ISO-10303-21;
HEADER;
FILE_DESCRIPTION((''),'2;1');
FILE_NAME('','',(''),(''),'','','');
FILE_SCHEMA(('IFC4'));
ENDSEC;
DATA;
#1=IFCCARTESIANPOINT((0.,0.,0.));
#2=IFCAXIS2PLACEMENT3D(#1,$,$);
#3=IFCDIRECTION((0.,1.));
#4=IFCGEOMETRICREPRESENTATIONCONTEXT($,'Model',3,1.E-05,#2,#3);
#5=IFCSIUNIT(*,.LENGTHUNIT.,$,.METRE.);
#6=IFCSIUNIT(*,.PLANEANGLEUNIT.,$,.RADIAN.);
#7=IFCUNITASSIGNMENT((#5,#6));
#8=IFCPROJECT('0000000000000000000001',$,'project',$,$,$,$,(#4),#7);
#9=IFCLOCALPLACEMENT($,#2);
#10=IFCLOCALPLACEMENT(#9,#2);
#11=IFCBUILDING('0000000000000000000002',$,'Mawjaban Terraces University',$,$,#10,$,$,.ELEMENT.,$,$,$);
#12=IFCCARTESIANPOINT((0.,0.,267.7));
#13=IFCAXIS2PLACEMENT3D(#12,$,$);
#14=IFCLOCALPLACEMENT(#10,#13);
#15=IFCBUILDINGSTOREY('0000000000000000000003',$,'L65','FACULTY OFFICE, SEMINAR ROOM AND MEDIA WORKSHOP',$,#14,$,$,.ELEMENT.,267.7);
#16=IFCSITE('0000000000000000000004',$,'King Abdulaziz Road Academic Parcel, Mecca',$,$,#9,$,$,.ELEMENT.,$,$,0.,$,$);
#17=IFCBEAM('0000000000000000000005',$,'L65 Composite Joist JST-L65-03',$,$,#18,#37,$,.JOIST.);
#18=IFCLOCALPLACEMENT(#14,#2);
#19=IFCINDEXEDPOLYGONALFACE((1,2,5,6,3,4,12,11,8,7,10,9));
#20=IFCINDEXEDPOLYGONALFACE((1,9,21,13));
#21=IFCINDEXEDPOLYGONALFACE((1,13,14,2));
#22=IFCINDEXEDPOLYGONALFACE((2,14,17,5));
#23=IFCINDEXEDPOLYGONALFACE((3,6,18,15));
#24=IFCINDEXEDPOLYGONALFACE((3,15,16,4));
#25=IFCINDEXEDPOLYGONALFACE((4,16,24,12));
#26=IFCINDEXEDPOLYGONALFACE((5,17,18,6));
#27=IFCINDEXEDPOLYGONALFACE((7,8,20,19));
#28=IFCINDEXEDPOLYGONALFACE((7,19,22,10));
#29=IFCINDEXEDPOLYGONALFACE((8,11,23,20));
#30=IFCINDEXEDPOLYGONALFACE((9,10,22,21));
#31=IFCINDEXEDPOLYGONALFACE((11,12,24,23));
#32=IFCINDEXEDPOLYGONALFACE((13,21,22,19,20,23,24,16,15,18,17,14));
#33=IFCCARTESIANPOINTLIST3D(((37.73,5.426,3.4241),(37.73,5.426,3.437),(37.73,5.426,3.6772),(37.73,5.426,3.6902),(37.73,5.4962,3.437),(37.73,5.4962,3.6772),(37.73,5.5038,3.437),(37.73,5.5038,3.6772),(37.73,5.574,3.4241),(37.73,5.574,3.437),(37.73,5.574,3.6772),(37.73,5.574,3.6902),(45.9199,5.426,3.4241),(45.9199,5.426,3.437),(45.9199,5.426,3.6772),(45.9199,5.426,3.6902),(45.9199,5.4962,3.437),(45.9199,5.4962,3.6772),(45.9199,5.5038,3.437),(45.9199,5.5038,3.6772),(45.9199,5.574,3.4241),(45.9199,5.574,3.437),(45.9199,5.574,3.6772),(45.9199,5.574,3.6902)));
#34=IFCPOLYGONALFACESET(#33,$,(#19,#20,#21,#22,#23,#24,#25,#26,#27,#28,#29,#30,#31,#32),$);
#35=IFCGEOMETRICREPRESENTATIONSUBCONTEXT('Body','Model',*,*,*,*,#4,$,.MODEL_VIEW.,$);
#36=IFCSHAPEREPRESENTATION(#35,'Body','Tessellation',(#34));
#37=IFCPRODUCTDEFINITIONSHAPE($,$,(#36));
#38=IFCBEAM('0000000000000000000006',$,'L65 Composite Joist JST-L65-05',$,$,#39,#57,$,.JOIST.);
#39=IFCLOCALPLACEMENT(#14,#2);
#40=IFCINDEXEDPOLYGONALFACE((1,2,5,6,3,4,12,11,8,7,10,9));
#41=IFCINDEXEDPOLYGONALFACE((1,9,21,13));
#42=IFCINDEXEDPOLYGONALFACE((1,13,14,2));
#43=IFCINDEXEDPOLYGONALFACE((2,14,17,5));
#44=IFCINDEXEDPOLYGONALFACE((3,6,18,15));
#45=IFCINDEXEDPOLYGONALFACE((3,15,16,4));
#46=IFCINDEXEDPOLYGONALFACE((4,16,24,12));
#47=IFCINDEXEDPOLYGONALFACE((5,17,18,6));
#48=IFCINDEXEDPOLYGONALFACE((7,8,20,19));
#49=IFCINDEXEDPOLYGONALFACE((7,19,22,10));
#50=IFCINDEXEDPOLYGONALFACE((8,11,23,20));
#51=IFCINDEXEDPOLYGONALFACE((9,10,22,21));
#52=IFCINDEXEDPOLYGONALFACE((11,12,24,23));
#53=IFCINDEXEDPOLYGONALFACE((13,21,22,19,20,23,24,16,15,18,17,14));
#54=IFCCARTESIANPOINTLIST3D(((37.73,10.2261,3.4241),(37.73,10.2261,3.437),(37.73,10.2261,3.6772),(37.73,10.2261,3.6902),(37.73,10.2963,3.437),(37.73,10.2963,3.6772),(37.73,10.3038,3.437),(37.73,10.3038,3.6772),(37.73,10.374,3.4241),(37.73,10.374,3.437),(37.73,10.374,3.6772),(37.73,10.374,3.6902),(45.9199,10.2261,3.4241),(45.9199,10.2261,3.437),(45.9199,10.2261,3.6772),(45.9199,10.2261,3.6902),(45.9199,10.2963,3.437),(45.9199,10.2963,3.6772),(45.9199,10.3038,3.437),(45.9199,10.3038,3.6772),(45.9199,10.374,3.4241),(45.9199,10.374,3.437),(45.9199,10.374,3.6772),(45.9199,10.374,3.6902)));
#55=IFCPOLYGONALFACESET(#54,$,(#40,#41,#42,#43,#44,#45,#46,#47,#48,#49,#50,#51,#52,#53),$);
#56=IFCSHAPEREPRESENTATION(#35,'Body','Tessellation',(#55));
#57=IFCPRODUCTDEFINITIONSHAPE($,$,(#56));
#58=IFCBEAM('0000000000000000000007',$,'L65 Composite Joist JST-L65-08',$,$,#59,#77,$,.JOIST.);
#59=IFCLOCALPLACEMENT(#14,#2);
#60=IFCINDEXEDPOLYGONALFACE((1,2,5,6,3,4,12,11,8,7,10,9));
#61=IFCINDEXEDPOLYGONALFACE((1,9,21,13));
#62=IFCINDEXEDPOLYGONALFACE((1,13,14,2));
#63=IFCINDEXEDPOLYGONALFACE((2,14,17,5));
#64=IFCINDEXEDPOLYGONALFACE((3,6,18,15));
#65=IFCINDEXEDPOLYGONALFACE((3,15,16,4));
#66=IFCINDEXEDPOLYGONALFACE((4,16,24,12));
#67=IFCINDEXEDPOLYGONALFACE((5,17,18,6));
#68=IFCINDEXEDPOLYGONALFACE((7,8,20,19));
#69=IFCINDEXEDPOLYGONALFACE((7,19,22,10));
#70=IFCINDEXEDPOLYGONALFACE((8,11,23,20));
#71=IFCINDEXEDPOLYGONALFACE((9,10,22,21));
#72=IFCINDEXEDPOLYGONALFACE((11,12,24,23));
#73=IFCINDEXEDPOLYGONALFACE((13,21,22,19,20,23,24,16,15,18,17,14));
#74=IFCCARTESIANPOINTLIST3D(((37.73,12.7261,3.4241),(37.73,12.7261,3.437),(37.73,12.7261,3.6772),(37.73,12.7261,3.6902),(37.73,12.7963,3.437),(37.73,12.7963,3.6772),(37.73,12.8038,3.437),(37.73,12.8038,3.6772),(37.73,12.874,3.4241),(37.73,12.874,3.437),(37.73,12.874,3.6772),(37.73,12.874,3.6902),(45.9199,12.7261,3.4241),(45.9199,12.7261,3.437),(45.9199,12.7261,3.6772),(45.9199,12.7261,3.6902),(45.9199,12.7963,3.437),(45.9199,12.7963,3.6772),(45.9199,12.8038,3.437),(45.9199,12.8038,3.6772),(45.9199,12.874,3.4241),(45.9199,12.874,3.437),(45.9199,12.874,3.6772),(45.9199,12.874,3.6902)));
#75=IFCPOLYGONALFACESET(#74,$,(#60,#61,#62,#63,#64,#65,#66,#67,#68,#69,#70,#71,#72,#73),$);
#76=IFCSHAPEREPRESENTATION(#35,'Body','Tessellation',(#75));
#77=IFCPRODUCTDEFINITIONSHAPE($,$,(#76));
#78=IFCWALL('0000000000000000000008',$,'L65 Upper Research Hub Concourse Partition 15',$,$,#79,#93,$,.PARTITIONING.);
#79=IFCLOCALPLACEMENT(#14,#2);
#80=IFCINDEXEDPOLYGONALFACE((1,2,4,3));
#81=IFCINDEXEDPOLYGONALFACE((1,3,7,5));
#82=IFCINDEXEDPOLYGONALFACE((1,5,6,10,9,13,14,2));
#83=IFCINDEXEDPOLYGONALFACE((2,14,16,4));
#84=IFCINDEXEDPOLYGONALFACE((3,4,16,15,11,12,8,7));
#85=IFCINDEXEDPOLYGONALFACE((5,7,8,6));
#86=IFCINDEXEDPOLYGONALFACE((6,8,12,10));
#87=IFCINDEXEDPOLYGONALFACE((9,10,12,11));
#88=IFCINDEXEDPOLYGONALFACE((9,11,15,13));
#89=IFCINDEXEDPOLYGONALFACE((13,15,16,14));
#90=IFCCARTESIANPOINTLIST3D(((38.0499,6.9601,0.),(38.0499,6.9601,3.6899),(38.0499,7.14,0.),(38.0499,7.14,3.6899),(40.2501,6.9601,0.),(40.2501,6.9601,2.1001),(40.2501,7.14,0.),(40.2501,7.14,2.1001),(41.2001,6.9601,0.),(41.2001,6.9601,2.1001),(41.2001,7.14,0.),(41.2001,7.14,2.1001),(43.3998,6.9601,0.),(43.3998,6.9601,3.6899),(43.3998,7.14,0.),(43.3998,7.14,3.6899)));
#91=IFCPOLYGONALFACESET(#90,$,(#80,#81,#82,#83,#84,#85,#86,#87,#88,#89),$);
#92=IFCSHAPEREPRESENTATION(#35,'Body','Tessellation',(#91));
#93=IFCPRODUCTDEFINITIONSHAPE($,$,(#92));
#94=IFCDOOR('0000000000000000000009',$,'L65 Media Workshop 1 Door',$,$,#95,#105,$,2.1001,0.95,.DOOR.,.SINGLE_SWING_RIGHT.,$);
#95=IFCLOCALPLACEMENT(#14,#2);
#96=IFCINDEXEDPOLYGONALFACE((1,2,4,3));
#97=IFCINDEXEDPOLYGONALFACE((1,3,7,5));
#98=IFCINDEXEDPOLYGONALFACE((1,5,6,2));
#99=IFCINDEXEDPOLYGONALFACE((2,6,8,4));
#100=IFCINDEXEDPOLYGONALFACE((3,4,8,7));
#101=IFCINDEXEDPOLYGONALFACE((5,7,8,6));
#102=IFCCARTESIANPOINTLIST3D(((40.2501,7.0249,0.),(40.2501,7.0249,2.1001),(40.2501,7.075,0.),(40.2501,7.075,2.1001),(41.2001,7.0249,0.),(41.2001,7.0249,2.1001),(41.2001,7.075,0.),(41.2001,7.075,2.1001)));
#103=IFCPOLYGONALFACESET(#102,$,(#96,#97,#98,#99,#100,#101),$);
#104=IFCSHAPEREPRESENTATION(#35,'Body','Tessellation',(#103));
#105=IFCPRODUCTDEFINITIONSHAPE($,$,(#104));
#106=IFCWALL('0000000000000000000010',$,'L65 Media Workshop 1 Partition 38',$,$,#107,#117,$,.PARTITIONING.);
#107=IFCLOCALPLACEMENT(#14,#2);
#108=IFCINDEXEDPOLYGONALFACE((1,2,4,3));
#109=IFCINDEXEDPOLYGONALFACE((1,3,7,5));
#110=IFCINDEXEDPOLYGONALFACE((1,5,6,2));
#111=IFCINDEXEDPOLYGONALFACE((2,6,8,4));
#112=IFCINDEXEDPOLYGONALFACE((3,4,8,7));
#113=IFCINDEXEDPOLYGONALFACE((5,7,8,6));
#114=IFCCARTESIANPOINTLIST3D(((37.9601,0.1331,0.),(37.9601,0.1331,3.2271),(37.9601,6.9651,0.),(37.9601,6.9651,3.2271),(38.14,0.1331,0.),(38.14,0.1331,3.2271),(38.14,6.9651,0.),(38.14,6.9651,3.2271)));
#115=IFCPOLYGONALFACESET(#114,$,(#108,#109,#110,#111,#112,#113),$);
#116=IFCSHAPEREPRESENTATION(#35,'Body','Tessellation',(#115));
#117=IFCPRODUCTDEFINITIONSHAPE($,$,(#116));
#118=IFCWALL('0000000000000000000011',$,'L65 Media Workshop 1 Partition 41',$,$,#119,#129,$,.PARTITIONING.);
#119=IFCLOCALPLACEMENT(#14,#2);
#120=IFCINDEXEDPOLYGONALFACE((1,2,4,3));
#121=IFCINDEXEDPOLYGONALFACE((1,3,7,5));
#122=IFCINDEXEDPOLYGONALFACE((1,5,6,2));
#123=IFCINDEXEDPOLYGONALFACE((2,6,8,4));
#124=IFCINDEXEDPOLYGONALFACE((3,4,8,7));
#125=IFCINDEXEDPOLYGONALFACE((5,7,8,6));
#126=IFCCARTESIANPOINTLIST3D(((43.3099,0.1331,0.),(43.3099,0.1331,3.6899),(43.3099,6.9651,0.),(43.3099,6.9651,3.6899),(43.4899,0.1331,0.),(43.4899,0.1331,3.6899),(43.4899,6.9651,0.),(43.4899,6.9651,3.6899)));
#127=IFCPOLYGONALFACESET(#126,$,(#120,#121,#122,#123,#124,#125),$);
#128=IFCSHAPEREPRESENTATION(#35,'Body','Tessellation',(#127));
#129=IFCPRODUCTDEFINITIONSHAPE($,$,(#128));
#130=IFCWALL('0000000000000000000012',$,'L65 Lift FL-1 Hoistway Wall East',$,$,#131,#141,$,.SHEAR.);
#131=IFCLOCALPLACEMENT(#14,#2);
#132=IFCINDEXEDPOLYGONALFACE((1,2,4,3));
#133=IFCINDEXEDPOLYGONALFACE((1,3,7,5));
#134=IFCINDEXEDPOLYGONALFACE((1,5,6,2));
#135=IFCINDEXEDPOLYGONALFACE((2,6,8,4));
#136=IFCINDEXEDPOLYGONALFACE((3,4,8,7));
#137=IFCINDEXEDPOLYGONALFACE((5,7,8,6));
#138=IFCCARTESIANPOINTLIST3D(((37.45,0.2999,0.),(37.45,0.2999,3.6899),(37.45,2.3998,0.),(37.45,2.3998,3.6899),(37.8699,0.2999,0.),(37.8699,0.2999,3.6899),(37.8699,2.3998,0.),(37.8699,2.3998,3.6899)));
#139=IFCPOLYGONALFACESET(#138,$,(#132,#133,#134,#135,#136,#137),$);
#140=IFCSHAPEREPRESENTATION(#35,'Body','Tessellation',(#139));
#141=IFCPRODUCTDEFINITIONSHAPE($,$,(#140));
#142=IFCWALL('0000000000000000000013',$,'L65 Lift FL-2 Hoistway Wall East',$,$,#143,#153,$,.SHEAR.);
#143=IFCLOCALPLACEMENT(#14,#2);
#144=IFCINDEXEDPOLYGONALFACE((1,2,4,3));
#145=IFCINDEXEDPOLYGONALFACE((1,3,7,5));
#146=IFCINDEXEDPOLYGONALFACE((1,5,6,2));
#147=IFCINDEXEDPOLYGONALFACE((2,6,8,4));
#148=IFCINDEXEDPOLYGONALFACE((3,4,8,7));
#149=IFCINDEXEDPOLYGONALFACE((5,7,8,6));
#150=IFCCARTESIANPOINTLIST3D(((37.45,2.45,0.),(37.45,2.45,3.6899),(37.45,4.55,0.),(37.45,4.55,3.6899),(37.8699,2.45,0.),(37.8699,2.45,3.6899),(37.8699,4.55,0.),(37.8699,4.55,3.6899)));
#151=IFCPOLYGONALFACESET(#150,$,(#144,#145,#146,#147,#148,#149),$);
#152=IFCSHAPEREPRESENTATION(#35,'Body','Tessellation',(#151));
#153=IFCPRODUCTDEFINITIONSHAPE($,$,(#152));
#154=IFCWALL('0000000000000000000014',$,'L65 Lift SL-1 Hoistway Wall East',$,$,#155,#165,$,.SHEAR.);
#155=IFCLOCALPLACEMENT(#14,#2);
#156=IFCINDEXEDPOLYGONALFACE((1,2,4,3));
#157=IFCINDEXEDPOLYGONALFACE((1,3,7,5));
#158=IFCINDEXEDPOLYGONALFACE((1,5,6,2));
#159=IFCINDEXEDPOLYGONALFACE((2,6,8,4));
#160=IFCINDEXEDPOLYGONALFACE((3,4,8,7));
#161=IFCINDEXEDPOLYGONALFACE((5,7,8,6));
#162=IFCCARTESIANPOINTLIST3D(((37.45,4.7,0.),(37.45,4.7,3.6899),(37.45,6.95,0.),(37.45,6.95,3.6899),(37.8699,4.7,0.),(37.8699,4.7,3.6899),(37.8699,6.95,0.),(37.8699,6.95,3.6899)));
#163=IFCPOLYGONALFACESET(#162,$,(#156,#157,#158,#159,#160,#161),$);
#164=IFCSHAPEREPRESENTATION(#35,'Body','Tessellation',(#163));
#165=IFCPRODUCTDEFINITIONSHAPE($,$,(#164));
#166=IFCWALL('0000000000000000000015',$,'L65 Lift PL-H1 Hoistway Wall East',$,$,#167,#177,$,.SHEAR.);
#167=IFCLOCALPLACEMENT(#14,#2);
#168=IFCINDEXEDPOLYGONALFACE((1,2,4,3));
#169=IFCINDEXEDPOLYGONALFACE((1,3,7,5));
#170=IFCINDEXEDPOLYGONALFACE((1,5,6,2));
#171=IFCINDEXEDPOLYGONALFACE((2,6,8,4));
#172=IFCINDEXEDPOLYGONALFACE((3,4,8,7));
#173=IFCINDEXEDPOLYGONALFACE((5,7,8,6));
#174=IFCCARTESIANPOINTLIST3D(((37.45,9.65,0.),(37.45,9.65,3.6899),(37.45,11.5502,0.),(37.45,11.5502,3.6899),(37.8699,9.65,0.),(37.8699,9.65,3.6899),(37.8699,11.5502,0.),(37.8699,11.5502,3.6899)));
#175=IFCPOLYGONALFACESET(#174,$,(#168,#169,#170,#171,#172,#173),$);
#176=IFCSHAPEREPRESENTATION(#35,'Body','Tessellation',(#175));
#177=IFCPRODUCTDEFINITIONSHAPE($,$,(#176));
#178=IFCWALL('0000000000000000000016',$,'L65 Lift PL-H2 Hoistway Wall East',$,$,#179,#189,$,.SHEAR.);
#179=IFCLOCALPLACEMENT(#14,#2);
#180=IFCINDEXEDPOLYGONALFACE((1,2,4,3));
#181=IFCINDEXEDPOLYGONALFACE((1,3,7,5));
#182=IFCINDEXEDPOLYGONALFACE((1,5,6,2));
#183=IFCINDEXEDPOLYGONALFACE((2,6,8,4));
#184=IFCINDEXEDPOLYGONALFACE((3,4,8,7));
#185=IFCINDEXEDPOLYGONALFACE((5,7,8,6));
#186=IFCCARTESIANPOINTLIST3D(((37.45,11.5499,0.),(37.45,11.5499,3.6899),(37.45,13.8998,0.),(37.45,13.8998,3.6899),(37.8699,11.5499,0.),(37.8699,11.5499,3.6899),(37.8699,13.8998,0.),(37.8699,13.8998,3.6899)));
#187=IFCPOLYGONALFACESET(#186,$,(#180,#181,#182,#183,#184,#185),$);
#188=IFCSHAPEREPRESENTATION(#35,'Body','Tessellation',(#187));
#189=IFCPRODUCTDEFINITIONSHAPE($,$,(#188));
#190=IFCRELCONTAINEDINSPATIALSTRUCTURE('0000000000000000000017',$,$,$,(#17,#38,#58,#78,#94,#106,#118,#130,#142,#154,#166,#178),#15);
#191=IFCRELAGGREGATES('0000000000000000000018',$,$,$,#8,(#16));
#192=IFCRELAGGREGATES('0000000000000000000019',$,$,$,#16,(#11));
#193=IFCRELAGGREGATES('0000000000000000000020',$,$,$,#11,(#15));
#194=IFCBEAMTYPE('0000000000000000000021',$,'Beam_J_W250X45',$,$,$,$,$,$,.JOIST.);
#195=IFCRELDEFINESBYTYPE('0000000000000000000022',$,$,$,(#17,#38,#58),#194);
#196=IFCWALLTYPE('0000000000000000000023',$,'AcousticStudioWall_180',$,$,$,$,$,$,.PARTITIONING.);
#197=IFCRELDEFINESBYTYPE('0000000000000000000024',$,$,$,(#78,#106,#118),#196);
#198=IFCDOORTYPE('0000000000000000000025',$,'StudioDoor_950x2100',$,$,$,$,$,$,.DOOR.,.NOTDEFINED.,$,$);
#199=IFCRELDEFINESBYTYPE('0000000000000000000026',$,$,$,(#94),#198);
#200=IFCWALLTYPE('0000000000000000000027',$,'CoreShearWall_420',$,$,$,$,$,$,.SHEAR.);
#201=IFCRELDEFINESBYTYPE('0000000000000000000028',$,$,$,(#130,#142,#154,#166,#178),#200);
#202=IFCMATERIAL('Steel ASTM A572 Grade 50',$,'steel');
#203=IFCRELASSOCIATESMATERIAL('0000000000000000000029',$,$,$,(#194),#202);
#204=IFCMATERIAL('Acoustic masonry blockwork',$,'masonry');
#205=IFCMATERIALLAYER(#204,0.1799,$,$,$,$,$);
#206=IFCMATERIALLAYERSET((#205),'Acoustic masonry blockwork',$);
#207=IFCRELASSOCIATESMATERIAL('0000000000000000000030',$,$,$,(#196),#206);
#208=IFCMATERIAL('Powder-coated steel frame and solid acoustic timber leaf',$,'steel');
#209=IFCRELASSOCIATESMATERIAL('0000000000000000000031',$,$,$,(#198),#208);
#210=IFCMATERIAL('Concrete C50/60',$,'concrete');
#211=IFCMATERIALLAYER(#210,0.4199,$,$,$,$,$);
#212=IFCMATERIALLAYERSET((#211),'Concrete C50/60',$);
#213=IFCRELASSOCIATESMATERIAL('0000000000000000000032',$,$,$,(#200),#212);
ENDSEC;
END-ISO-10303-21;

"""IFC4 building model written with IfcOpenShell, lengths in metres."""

from ifc_helpers import new_model, si_unit, direction, frame, frame_2d, origin, origin_2d, place, context, subcontext, project, spatial, rectangle, i_section, extrude, material, layer, layer_set, material_profile, profile_set, type_object, element, fill, save


model = new_model("IFC4")

# Units and contexts
model_context = context("Model", 3, precision=1e-05, world=origin(), true_north=direction((0.0, 1.0)))
body_context = subcontext(model_context, "Body", "Model", "MODEL_VIEW")
ifc_project = project(units=[si_unit("LENGTHUNIT", "METRE"), si_unit("PLANEANGLEUNIT", "RADIAN")], contexts=[model_context])

# Site, building, storey
site_placement = place(None, origin())
site = spatial("IfcSite", under=ifc_project, at=site_placement, Name="King Abdulaziz Road Academic Parcel, Mecca", CompositionType="ELEMENT", RefElevation=0.0)
building_placement = place(site_placement, origin())
building = spatial("IfcBuilding", under=site, at=building_placement, Name="Mawjaban Terraces University", CompositionType="ELEMENT")
storey_placement = place(building_placement, frame((0.0, 0.0, 267.7)))
storey = spatial("IfcBuildingStorey", under=building, at=storey_placement, Name="L65", Description="FACULTY OFFICE, SEMINAR ROOM AND MEDIA WORKSHOP", CompositionType="ELEMENT", Elevation=267.7)

# Shared definitions
ifc_material_1 = material(Name="Concrete C50/60", Category="concrete")

# Beams
ifc_material_2 = material(Name="Steel ASTM A572 Grade 50", Category="steel")
ifc_material_profile_1 = material_profile(ifc_material_2, i_section(OverallWidth=0.1479, OverallDepth=0.2661, WebThickness=0.0076, FlangeThickness=0.0129, at=origin_2d()), Name="W250X45")
ifc_profile_set_1 = profile_set([ifc_material_profile_1], Name="Steel ASTM A572 Grade 50")
beam_type_1 = type_object("IfcBeamType", Name="Beam_J_W250X45", PredefinedType="JOIST", material=ifc_profile_set_1)
for number, where, z_axis, x_axis, name in (
    (1, (37.73, 5.5, 3.5571), (1.0, 0.0, 0.0), (0.0, 1.0, 0.0), "L65 Composite Joist JST-L65-03"),
    (2, (37.73, 10.3, 3.5571), (1.0, 0.0, 0.0), (0.0, 1.0, 0.0), "L65 Composite Joist JST-L65-05"),
    (3, (37.73, 12.8, 3.5571), (1.0, 0.0, 0.0), (0.0, 1.0, 0.0), "L65 Composite Joist JST-L65-08"),
):
    element("IfcBeam", number, at=place(storey_placement, frame(where, z_axis=z_axis, x_axis=x_axis)), inside=storey, type_object=beam_type_1, Name=name, PredefinedType="JOIST", context=body_context, shape_type="SweptSolid", body=[
        extrude(i_section(OverallWidth=0.1479, OverallDepth=0.2661, WebThickness=0.0076, FlangeThickness=0.0129, at=origin_2d()), origin(), (0.0, 0.0, 1.0), 8.1899),
    ])

# Wall, opening, door
ifc_material_3 = material(Name="Acoustic masonry blockwork", Category="masonry")
ifc_layer_1 = layer(ifc_material_3, 0.1799)
ifc_layer_set_1 = layer_set([ifc_layer_1], Name="Acoustic masonry blockwork")
wall_type_1 = type_object("IfcWallType", Name="AcousticStudioWall_180", PredefinedType="PARTITIONING", material=ifc_layer_set_1)
wall_1_placement = place(storey_placement, frame((38.05, 7.05, 0.0), z_axis=(0.0, 0.0, 1.0), x_axis=(1.0, 0.0, 0.0)))
wall_1 = element("IfcWall", 4, at=wall_1_placement, inside=storey, type_object=wall_type_1, Name="L65 Upper Research Hub Concourse Partition 15", PredefinedType="PARTITIONING", context=body_context, shape_type="SweptSolid", body=[
    extrude(rectangle(XDim=5.3499, YDim=0.1799, at=frame_2d((2.6748, 0.0))), origin(), (0.0, 0.0, 1.0), 3.6899),
])
opening_1_placement = place(wall_1_placement, frame((2.2, 0.0, 0.0)))
opening_1 = element("IfcOpeningElement", 5, at=opening_1_placement, cuts=wall_1, PredefinedType="OPENING", context=body_context, shape_type="SweptSolid", body=[
    extrude(rectangle(XDim=0.95, YDim=2.1001, at=frame_2d((0.4751, 1.05))), frame((0.0, 0.0999, 0.0), z_axis=(0.0, -1.0, 0.0), x_axis=(1.0, 0.0, 0.0)), (0.0, 0.0, 1.0), 0.2),
])
ifc_material_4 = material(Name="Powder-coated steel frame and solid acoustic timber leaf", Category="steel")
door_type_1 = type_object("IfcDoorType", Name="StudioDoor_950x2100", OperationType="NOTDEFINED", PredefinedType="DOOR", material=ifc_material_4)
door_1_placement = place(opening_1_placement, origin())
door_1 = element("IfcDoor", 6, at=door_1_placement, inside=storey, type_object=door_type_1, Name="L65 Media Workshop 1 Door", OperationType="SINGLE_SWING_RIGHT", OverallHeight=2.1001, OverallWidth=0.95, PredefinedType="DOOR", context=body_context, shape_type="SweptSolid", body=[
    extrude(rectangle(XDim=0.95, YDim=2.1001, at=frame_2d((0.4751, 1.05))), frame((0.0, 0.0249, 0.0), z_axis=(0.0, -1.0, 0.0), x_axis=(1.0, 0.0, 0.0)), (0.0, 0.0, 1.0), 0.05),
])
fill(opening_1, door_1)

# Walls
wall_2_placement = place(storey_placement, frame((38.05, 6.9651, 0.0), z_axis=(0.0, 0.0, 1.0), x_axis=(0.0, -1.0, 0.0)))
element("IfcWall", 7, at=wall_2_placement, inside=storey, type_object=wall_type_1, Name="L65 Media Workshop 1 Partition 38", PredefinedType="PARTITIONING", context=body_context, shape_type="SweptSolid", body=[
    extrude(rectangle(XDim=6.832, YDim=0.1799, at=frame_2d((3.416, 0.0))), origin(), (0.0, 0.0, 1.0), 3.2271),
])
wall_3_placement = place(storey_placement, frame((43.3999, 0.1331, 0.0), z_axis=(0.0, 0.0, 1.0), x_axis=(0.0, 1.0, 0.0)))
element("IfcWall", 8, at=wall_3_placement, inside=storey, type_object=wall_type_1, Name="L65 Media Workshop 1 Partition 41", PredefinedType="PARTITIONING", context=body_context, shape_type="SweptSolid", body=[
    extrude(rectangle(XDim=6.832, YDim=0.1799, at=frame_2d((3.416, 0.0))), origin(), (0.0, 0.0, 1.0), 3.6899),
])
ifc_layer_2 = layer(ifc_material_1, 0.4199)
ifc_layer_set_2 = layer_set([ifc_layer_2], Name="Concrete C50/60")
wall_type_2 = type_object("IfcWallType", Name="CoreShearWall_420", PredefinedType="SHEAR", material=ifc_layer_set_2)
wall_4_placement = place(storey_placement, frame((37.6599, 0.3, 0.0), z_axis=(0.0, 0.0, 1.0), x_axis=(0.0, 1.0, 0.0)))
element("IfcWall", 9, at=wall_4_placement, inside=storey, type_object=wall_type_2, Name="L65 Lift FL-1 Hoistway Wall East", PredefinedType="SHEAR", context=body_context, shape_type="SweptSolid", body=[
    extrude(rectangle(XDim=2.0999, YDim=0.4199, at=frame_2d((1.0498, 0.0))), origin(), (0.0, 0.0, 1.0), 3.6899),
])
wall_5_placement = place(storey_placement, frame((37.6599, 2.45, 0.0), z_axis=(0.0, 0.0, 1.0), x_axis=(0.0, 1.0, 0.0)))
element("IfcWall", 10, at=wall_5_placement, inside=storey, type_object=wall_type_2, Name="L65 Lift FL-2 Hoistway Wall East", PredefinedType="SHEAR", context=body_context, shape_type="SweptSolid", body=[
    extrude(rectangle(XDim=2.1001, YDim=0.4199, at=frame_2d((1.05, 0.0))), origin(), (0.0, 0.0, 1.0), 3.6899),
])
wall_6_placement = place(storey_placement, frame((37.6599, 4.7, 0.0), z_axis=(0.0, 0.0, 1.0), x_axis=(0.0, 1.0, 0.0)))
element("IfcWall", 11, at=wall_6_placement, inside=storey, type_object=wall_type_2, Name="L65 Lift SL-1 Hoistway Wall East", PredefinedType="SHEAR", context=body_context, shape_type="SweptSolid", body=[
    extrude(rectangle(XDim=2.25, YDim=0.4199, at=frame_2d((1.125, 0.0))), origin(), (0.0, 0.0, 1.0), 3.6899),
])
wall_7_placement = place(storey_placement, frame((37.6599, 9.6499, 0.0), z_axis=(0.0, 0.0, 1.0), x_axis=(0.0, 1.0, 0.0)))
element("IfcWall", 12, at=wall_7_placement, inside=storey, type_object=wall_type_2, Name="L65 Lift PL-H1 Hoistway Wall East", PredefinedType="SHEAR", context=body_context, shape_type="SweptSolid", body=[
    extrude(rectangle(XDim=1.9001, YDim=0.4199, at=frame_2d((0.9502, 0.0))), origin(), (0.0, 0.0, 1.0), 3.6899),
])
wall_8_placement = place(storey_placement, frame((37.6599, 11.55, 0.0), z_axis=(0.0, 0.0, 1.0), x_axis=(0.0, 1.0, 0.0)))
element("IfcWall", 13, at=wall_8_placement, inside=storey, type_object=wall_type_2, Name="L65 Lift PL-H2 Hoistway Wall East", PredefinedType="SHEAR", context=body_context, shape_type="SweptSolid", body=[
    extrude(rectangle(XDim=2.3499, YDim=0.4199, at=frame_2d((1.1748, 0.0))), origin(), (0.0, 0.0, 1.0), 3.6899),
])

save(model, "model.ifc")
